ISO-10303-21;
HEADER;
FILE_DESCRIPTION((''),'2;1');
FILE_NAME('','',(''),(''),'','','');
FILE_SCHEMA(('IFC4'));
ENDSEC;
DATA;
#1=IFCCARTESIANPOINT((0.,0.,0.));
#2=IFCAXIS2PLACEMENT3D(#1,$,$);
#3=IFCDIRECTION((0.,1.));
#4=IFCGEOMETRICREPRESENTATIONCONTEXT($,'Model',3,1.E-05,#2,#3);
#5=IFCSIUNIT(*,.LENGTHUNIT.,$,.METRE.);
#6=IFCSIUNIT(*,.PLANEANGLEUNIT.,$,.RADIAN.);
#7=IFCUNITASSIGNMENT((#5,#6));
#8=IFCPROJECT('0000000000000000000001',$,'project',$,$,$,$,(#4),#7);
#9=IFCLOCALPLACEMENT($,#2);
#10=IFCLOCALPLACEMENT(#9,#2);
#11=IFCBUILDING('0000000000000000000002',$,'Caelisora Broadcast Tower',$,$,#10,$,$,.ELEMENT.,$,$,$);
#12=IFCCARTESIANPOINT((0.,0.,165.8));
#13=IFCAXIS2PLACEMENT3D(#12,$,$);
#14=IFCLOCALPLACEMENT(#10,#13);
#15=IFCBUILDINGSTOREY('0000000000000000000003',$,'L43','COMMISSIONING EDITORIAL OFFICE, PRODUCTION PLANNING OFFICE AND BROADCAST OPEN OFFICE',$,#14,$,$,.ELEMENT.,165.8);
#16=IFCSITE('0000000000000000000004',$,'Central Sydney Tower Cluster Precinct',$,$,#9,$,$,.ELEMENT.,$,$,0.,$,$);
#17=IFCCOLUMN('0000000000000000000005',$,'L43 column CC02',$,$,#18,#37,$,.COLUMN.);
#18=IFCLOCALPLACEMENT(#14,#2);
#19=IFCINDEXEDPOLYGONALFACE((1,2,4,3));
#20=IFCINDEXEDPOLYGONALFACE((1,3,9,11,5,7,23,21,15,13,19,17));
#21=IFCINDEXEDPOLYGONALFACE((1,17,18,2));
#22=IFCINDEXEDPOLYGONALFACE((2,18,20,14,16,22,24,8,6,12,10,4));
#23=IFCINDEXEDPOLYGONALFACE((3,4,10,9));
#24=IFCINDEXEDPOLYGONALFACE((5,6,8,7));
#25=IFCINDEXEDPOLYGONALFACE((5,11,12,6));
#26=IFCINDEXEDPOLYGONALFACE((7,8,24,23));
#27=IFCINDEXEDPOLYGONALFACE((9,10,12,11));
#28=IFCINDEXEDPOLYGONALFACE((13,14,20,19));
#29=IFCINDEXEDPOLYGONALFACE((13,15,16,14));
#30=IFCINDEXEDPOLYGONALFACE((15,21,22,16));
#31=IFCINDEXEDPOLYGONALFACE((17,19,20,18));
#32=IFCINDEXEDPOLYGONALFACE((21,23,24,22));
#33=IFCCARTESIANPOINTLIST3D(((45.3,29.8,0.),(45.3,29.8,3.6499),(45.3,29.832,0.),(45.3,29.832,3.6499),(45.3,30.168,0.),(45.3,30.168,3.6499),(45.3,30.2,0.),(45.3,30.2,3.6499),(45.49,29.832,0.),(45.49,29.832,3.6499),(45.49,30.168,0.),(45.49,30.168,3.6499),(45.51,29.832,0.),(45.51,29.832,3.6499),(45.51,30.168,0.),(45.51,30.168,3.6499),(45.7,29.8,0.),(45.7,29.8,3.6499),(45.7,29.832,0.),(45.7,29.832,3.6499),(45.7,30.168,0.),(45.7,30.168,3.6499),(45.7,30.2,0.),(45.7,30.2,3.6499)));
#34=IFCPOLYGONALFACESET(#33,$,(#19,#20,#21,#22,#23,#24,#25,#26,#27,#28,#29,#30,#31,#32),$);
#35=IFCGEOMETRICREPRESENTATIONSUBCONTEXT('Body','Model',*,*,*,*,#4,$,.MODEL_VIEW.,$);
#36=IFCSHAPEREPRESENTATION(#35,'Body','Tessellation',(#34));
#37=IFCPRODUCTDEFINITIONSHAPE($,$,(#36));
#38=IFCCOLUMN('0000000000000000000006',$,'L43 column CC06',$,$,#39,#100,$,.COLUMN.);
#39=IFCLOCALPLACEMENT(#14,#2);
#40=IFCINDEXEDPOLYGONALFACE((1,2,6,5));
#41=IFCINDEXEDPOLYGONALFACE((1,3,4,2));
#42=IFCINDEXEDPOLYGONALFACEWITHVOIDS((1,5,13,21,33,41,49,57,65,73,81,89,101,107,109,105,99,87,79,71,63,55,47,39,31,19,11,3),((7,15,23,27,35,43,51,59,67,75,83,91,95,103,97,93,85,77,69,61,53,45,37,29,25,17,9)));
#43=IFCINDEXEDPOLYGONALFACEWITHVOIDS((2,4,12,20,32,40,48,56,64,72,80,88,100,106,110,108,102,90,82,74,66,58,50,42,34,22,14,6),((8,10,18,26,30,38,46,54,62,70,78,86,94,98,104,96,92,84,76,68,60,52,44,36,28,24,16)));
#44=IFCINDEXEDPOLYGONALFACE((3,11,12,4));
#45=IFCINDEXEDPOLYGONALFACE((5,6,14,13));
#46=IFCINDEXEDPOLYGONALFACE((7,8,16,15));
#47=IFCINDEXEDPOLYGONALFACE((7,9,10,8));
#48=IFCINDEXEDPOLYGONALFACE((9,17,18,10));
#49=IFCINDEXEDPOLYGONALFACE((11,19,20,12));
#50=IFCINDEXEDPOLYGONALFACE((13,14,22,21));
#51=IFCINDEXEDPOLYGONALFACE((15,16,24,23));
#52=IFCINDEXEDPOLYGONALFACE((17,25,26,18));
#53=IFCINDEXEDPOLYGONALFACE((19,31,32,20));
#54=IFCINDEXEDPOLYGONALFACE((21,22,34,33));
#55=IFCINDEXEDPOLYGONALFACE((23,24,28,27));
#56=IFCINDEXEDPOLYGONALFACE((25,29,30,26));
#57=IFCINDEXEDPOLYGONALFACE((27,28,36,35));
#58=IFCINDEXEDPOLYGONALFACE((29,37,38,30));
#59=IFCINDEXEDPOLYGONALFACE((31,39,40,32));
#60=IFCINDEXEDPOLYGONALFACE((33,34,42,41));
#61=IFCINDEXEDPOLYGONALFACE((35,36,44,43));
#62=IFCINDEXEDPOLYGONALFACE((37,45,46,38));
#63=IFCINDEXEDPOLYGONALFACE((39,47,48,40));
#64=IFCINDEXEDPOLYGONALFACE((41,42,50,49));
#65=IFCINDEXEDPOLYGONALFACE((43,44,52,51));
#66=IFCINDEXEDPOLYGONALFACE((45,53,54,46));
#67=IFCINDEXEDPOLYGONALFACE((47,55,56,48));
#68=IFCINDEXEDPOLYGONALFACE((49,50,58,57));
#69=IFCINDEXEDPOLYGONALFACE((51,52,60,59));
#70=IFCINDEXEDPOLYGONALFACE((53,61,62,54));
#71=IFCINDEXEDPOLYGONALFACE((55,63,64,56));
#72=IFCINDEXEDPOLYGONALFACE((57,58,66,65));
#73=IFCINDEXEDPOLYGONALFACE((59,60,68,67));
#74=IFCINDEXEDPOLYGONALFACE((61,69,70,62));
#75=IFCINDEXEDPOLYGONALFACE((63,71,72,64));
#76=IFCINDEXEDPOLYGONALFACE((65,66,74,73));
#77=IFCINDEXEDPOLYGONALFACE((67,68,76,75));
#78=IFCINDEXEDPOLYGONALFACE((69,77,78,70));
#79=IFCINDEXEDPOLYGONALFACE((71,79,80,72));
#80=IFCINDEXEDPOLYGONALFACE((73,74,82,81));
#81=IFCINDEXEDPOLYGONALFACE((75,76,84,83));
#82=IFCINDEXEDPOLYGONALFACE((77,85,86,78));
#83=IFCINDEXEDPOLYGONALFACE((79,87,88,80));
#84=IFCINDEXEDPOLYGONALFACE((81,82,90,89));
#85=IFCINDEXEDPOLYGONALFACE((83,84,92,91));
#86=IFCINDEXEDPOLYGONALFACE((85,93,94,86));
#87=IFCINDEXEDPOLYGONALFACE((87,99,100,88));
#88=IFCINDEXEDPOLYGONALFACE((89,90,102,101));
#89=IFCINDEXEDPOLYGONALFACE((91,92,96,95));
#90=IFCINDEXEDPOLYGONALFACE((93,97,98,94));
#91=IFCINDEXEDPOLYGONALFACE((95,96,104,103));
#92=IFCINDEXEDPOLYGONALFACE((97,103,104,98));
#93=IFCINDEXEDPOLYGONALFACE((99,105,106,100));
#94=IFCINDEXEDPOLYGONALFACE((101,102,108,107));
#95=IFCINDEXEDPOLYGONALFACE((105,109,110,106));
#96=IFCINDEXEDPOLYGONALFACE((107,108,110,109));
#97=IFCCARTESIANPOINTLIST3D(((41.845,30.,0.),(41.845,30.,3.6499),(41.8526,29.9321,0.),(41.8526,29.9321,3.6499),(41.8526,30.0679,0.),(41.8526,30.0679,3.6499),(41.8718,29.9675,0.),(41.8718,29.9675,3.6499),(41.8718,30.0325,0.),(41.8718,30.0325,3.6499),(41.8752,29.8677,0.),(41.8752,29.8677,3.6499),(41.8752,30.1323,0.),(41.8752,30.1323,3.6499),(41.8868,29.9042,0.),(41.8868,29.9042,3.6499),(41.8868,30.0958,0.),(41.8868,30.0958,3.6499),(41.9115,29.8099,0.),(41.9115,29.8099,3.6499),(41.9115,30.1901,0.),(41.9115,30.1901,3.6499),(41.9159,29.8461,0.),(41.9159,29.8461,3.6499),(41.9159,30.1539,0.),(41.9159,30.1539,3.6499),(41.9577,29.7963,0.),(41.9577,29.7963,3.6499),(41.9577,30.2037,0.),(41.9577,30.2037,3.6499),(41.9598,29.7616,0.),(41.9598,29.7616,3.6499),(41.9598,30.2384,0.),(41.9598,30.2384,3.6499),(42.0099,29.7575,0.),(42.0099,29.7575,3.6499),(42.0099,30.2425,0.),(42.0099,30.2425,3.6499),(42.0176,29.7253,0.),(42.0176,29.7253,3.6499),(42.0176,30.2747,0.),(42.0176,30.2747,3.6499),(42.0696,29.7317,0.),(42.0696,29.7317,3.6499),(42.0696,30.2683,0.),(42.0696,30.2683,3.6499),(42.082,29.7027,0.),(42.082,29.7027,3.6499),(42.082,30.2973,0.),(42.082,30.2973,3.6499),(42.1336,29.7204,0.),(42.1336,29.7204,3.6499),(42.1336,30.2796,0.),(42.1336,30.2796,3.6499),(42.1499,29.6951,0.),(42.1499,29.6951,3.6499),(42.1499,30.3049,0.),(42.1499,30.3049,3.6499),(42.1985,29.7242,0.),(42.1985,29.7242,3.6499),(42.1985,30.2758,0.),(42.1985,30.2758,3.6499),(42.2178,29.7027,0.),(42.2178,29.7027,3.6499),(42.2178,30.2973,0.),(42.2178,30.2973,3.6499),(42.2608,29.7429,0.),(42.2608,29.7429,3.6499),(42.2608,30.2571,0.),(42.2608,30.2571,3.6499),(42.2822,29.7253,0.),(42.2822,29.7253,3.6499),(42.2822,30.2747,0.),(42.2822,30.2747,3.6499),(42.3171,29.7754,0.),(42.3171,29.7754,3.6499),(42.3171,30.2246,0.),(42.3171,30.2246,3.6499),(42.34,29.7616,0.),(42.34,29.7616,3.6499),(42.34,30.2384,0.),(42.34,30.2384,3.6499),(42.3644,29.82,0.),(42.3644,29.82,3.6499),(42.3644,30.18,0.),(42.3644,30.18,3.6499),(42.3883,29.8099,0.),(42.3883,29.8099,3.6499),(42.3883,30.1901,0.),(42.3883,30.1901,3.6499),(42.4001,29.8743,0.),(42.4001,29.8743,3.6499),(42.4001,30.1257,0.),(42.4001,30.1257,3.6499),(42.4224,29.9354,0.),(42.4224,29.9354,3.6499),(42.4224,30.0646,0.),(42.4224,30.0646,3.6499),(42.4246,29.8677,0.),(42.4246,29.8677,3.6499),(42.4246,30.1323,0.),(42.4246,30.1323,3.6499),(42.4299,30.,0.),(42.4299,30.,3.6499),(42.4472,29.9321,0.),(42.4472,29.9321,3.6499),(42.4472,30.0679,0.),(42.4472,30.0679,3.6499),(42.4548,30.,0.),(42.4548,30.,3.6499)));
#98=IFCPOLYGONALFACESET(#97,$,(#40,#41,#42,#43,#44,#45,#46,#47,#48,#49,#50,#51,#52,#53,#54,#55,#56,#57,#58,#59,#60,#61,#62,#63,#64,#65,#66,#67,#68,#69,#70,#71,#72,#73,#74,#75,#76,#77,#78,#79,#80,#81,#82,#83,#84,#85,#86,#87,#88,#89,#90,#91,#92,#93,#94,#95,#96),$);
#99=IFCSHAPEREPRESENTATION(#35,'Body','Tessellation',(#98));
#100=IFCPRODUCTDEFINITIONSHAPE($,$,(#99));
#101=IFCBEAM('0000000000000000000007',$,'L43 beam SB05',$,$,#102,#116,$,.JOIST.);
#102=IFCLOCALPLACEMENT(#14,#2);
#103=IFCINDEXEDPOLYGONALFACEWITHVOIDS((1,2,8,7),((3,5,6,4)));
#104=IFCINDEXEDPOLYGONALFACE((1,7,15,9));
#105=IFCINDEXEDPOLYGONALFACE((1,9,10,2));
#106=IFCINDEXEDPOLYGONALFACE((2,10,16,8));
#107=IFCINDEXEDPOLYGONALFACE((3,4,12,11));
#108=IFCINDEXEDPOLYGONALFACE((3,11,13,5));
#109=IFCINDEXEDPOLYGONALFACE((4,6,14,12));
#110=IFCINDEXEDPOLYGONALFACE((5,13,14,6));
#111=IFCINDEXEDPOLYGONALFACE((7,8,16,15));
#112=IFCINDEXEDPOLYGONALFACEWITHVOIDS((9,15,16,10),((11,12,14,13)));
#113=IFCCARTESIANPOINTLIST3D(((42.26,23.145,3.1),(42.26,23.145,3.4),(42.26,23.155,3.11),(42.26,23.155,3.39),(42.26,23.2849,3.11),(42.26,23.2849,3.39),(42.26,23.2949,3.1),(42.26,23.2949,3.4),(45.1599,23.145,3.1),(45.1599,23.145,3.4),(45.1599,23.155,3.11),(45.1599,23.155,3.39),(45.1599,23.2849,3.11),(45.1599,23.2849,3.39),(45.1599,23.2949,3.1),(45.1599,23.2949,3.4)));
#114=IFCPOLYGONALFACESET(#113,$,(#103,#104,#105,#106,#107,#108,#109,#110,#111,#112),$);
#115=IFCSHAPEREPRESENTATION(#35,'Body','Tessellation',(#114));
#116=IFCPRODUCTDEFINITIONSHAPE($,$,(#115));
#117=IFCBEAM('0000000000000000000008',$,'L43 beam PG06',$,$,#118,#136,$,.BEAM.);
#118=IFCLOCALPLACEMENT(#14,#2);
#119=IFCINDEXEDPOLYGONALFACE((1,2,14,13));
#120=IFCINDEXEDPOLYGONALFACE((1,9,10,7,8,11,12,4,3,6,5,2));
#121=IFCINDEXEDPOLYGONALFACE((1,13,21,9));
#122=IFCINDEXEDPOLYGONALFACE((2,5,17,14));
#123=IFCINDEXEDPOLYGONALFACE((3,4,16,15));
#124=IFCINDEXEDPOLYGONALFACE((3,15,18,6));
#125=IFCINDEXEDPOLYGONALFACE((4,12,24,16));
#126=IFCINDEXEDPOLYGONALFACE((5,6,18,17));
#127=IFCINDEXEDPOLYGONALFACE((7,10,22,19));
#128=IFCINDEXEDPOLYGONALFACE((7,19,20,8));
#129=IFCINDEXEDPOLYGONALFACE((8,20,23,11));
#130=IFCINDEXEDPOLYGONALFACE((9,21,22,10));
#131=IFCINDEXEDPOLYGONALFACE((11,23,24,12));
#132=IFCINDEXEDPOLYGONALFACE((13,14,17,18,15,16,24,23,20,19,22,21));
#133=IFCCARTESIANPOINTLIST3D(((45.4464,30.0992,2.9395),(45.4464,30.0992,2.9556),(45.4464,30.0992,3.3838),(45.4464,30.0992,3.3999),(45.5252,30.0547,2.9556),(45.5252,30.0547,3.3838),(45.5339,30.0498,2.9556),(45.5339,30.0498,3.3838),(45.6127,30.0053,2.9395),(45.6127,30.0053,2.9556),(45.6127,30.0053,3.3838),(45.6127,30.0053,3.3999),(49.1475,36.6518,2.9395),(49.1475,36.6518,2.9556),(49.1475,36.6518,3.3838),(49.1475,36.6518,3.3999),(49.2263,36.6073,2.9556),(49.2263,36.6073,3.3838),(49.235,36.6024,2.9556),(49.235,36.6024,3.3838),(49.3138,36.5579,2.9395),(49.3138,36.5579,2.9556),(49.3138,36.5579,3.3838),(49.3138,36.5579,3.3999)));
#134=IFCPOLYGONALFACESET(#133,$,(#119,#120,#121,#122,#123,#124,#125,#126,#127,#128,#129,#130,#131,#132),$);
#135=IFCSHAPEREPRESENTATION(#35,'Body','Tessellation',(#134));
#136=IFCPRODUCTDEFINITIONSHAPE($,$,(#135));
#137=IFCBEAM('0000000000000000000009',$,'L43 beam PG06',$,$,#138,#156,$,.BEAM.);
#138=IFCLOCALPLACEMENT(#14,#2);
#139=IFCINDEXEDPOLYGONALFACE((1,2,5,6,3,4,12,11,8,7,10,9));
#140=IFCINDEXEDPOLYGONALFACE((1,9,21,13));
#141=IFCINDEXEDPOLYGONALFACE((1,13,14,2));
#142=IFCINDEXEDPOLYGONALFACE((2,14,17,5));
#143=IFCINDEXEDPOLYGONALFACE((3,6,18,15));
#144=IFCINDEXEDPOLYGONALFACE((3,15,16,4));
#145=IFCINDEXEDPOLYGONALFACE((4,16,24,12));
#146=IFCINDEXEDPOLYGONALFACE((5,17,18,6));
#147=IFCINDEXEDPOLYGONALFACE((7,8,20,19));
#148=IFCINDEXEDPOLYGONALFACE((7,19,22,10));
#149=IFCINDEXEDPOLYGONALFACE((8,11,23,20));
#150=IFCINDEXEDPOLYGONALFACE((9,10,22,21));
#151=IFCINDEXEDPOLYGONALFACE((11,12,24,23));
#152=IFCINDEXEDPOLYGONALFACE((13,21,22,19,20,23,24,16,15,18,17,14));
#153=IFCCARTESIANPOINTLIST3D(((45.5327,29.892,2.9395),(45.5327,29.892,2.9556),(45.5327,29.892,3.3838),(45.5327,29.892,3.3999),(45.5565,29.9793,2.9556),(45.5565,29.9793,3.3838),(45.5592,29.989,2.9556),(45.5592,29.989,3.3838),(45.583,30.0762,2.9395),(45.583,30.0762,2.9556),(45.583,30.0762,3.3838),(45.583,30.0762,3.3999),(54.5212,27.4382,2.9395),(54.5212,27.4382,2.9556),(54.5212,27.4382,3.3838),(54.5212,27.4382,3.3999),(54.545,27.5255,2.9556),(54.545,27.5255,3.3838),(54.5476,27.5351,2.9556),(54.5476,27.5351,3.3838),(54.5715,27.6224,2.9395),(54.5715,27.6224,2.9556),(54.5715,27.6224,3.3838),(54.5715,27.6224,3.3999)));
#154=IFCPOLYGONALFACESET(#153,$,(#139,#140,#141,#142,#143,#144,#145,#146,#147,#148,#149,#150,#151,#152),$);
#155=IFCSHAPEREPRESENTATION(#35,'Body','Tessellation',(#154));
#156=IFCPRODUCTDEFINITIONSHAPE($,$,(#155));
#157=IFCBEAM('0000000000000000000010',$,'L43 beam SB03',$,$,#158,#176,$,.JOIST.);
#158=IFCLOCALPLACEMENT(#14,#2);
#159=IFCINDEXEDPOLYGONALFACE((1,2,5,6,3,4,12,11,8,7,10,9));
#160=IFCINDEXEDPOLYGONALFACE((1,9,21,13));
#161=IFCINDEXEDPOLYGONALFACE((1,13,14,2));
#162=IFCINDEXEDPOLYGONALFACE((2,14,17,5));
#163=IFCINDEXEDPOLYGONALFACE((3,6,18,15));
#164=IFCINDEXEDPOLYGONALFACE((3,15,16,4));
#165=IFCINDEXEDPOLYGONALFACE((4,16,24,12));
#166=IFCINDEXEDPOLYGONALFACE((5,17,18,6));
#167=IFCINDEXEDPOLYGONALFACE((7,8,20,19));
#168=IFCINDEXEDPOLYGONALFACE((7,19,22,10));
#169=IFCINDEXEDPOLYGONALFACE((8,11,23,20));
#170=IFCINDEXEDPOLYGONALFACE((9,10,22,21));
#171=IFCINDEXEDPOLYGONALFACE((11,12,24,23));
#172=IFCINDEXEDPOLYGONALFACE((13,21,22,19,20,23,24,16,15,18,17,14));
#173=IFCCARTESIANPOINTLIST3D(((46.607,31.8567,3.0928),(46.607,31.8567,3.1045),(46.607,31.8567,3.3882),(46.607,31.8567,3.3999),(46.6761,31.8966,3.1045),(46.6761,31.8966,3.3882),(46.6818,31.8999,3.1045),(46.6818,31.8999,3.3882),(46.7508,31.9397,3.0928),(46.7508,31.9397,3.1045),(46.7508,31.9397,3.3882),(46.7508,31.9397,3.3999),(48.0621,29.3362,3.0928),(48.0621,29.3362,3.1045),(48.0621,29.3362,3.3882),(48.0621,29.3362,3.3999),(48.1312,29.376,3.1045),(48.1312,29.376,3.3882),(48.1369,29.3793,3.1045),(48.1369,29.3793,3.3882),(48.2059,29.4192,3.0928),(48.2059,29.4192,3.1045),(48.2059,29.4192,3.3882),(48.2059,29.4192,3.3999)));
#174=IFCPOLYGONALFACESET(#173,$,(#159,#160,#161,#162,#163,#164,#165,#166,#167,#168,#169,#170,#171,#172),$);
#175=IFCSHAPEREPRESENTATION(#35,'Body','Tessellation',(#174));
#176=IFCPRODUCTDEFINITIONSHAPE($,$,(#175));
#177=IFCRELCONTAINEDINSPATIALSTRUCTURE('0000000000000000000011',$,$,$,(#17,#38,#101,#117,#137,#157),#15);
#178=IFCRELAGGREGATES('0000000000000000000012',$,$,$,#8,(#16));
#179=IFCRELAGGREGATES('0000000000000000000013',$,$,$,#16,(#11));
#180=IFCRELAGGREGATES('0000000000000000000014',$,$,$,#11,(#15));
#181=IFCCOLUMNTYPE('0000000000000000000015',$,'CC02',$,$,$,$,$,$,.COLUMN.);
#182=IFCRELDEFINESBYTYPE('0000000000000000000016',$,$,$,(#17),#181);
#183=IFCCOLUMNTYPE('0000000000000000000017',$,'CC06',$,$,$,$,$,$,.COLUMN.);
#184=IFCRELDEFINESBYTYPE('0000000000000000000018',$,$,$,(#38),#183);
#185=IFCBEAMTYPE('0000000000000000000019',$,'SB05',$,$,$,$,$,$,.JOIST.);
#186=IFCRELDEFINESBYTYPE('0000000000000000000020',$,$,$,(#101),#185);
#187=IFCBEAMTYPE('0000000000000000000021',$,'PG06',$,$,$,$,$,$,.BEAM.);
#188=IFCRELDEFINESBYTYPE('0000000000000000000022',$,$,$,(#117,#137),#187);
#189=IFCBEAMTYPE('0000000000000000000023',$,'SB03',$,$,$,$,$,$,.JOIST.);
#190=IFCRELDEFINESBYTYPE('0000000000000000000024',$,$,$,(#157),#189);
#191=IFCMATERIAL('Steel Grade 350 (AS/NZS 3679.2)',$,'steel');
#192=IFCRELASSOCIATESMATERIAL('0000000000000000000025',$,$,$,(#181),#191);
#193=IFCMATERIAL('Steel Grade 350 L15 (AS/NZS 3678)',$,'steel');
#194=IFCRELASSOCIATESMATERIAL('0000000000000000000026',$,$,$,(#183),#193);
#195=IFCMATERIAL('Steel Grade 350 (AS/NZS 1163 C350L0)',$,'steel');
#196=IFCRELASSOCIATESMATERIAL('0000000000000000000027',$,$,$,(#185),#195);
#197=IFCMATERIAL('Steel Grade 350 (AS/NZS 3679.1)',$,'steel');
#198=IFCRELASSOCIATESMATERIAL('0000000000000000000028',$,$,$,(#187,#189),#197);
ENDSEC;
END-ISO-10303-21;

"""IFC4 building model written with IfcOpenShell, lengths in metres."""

from ifc_helpers import new_model, si_unit, direction, frame, origin, origin_2d, place, context, subcontext, project, spatial, hollow_rectangle, hollow_circle, i_section, extrude, source, transform, mapped, material, material_profile, profile_set, type_object, type_shapes, element, save


model = new_model("IFC4")

# Units and contexts
model_context = context("Model", 3, precision=1e-05, world=origin(), true_north=direction((0.0, 1.0)))
body_context = subcontext(model_context, "Body", "Model", "MODEL_VIEW")
ifc_project = project(units=[si_unit("LENGTHUNIT", "METRE"), si_unit("PLANEANGLEUNIT", "RADIAN")], contexts=[model_context])

# Site, building, storey
site_placement = place(None, origin())
site = spatial("IfcSite", under=ifc_project, at=site_placement, Name="Central Sydney Tower Cluster Precinct", CompositionType="ELEMENT", RefElevation=0.0)
building_placement = place(site_placement, origin())
building = spatial("IfcBuilding", under=site, at=building_placement, Name="Caelisora Broadcast Tower", CompositionType="ELEMENT")
storey_placement = place(building_placement, frame((0.0, 0.0, 165.8)))
storey = spatial("IfcBuildingStorey", under=building, at=storey_placement, Name="L43", Description="COMMISSIONING EDITORIAL OFFICE, PRODUCTION PLANNING OFFICE AND BROADCAST OPEN OFFICE", CompositionType="ELEMENT", Elevation=165.8)

# Columns
ifc_material_1 = material(Name="Steel Grade 350 (AS/NZS 3679.2)", Category="steel")
ifc_material_profile_1 = material_profile(ifc_material_1, i_section(OverallWidth=0.3999, OverallDepth=0.3999, WebThickness=0.02, FlangeThickness=0.032, at=origin_2d()), Name="Steel Grade 350 (AS/NZS 3679.2)")
ifc_profile_set_1 = profile_set([ifc_material_profile_1], Name="Steel Grade 350 (AS/NZS 3679.2)")
column_type_1 = type_object("IfcColumnType", Name="CC02", PredefinedType="COLUMN", material=ifc_profile_set_1)
shared_shape_1 = source(origin(), body_context, "Body", "SweptSolid", [
    extrude(i_section(OverallWidth=0.3999, OverallDepth=0.3999, WebThickness=0.02, FlangeThickness=0.032, at=origin_2d()), origin(), (0.0, 0.0, 1.0), 3.6499),
])
type_shapes(column_type_1, [shared_shape_1])
column_1_placement = place(storey_placement, frame((45.5, 30.0, 0.0), z_axis=(0.0, 0.0, 1.0), x_axis=(1.0, 0.0, 0.0)))
element("IfcColumn", 1, at=column_1_placement, inside=storey, type_object=column_type_1, Name="L43 column CC02", PredefinedType="COLUMN", context=body_context, shape_type="MappedRepresentation", body=[
    mapped(shared_shape_1, transform((0.0, 0.0, 0.0), scale=1.0)),
])
ifc_material_2 = material(Name="Steel Grade 350 L15 (AS/NZS 3678)", Category="steel")
ifc_material_profile_2 = material_profile(ifc_material_2, hollow_circle(Radius=0.3049, WallThickness=0.0249, at=origin_2d()), Name="Steel Grade 350 L15 (AS/NZS 3678)")
ifc_profile_set_2 = profile_set([ifc_material_profile_2], Name="Steel Grade 350 L15 (AS/NZS 3678)")
column_type_2 = type_object("IfcColumnType", Name="CC06", PredefinedType="COLUMN", material=ifc_profile_set_2)
shared_shape_2 = source(origin(), body_context, "Body", "SweptSolid", [
    extrude(hollow_circle(Radius=0.3049, WallThickness=0.0249, at=origin_2d()), origin(), (0.0, 0.0, 1.0), 3.6499),
])
type_shapes(column_type_2, [shared_shape_2])
column_2_placement = place(storey_placement, frame((42.1499, 30.0, 0.0), z_axis=(0.0, 0.0, 1.0), x_axis=(1.0, 0.0, 0.0)))
element("IfcColumn", 2, at=column_2_placement, inside=storey, type_object=column_type_2, Name="L43 column CC06", PredefinedType="COLUMN", context=body_context, shape_type="MappedRepresentation", body=[
    mapped(shared_shape_2, transform((0.0, 0.0, 0.0), scale=1.0)),
])

# Beams
ifc_material_3 = material(Name="Steel Grade 350 (AS/NZS 1163 C350L0)", Category="steel")
ifc_material_profile_3 = material_profile(ifc_material_3, hollow_rectangle(XDim=0.1499, YDim=0.3, WallThickness=0.01, at=origin_2d()), Name="Steel Grade 350 (AS/NZS 1163 C350L0)")
ifc_profile_set_3 = profile_set([ifc_material_profile_3], Name="Steel Grade 350 (AS/NZS 1163 C350L0)")
beam_type_1 = type_object("IfcBeamType", Name="SB05", PredefinedType="JOIST", material=ifc_profile_set_3)
shared_shape_3 = source(origin(), body_context, "Body", "SweptSolid", [
    extrude(hollow_rectangle(XDim=0.1499, YDim=0.3, WallThickness=0.01, at=origin_2d()), origin(), (0.0, 0.0, 1.0), 2.8999),
])
type_shapes(beam_type_1, [shared_shape_3])
beam_1_placement = place(storey_placement, frame((42.26, 23.22, 3.25), z_axis=(1.0, 0.0, 0.0), x_axis=(0.0, 1.0, 0.0)))
element("IfcBeam", 3, at=beam_1_placement, inside=storey, type_object=beam_type_1, Name="L43 beam SB05", PredefinedType="JOIST", context=body_context, shape_type="MappedRepresentation", body=[
    mapped(shared_shape_3, transform((0.0, 0.0, 0.0), scale=1.0)),
])
ifc_material_4 = material(Name="Steel Grade 350 (AS/NZS 3679.1)", Category="steel")
ifc_material_profile_4 = material_profile(ifc_material_4, i_section(OverallWidth=0.1909, OverallDepth=0.4604, WebThickness=0.01, FlangeThickness=0.0161, at=origin_2d()), Name="Steel Grade 350 (AS/NZS 3679.1)")
ifc_profile_set_4 = profile_set([ifc_material_profile_4], Name="Steel Grade 350 (AS/NZS 3679.1)")
beam_type_2 = type_object("IfcBeamType", Name="PG06", PredefinedType="BEAM", material=ifc_profile_set_4)
shared_shape_4 = source(origin(), body_context, "Body", "SweptSolid", [
    extrude(i_section(OverallWidth=0.1909, OverallDepth=0.4604, WebThickness=0.01, FlangeThickness=0.0161, at=origin_2d()), origin(), (0.0, 0.0, 1.0), 7.5256),
])
beam_2_placement = place(storey_placement, frame((45.5295, 30.0522, 3.1697), z_axis=(0.491801, 0.870708, 0.0), x_axis=(-0.870708, 0.491801, 0.0)))
element("IfcBeam", 4, at=beam_2_placement, inside=storey, type_object=beam_type_2, Name="L43 beam PG06", PredefinedType="BEAM", context=body_context, shape_type="MappedRepresentation", body=[
    mapped(shared_shape_4, transform((0.0, 0.0, 0.0), scale=1.0)),
])
shared_shape_5 = source(origin(), body_context, "Body", "SweptSolid", [
    extrude(i_section(OverallWidth=0.1909, OverallDepth=0.4604, WebThickness=0.01, FlangeThickness=0.0161, at=origin_2d()), origin(), (0.0, 0.0, 1.0), 9.3174),
])
type_shapes(beam_type_2, [shared_shape_4, shared_shape_5])
beam_3_placement = place(storey_placement, frame((45.5579, 29.9841, 3.1697), z_axis=(0.964697, -0.263361, 0.0), x_axis=(0.263361, 0.964697, 0.0)))
element("IfcBeam", 5, at=beam_3_placement, inside=storey, type_object=beam_type_2, Name="L43 beam PG06", PredefinedType="BEAM", context=body_context, shape_type="MappedRepresentation", body=[
    mapped(shared_shape_5, transform((0.0, 0.0, 0.0), scale=1.0)),
])
ifc_material_profile_5 = material_profile(ifc_material_4, i_section(OverallWidth=0.166, OverallDepth=0.3071, WebThickness=0.0066, FlangeThickness=0.0117, at=origin_2d()), Name="Steel Grade 350 (AS/NZS 3679.1)")
ifc_profile_set_5 = profile_set([ifc_material_profile_5], Name="Steel Grade 350 (AS/NZS 3679.1)")
beam_type_3 = type_object("IfcBeamType", Name="SB03", PredefinedType="JOIST", material=ifc_profile_set_5)
shared_shape_6 = source(origin(), body_context, "Body", "SweptSolid", [
    extrude(i_section(OverallWidth=0.166, OverallDepth=0.3071, WebThickness=0.0066, FlangeThickness=0.0117, at=origin_2d()), origin(), (0.0, 0.0, 1.0), 2.9104),
])
beam_4_placement = place(storey_placement, frame((48.134, 29.3777, 3.2463), z_axis=(-0.499965, 0.866046, 0.0), x_axis=(-0.866046, -0.499965, 0.0)))
element("IfcBeam", 6, at=beam_4_placement, inside=storey, type_object=beam_type_3, Name="L43 beam SB03", PredefinedType="JOIST", context=body_context, shape_type="MappedRepresentation", body=[
    mapped(shared_shape_6, transform((0.0, 0.0, 0.0), scale=1.0)),
])

save(model, "model.ifc")
